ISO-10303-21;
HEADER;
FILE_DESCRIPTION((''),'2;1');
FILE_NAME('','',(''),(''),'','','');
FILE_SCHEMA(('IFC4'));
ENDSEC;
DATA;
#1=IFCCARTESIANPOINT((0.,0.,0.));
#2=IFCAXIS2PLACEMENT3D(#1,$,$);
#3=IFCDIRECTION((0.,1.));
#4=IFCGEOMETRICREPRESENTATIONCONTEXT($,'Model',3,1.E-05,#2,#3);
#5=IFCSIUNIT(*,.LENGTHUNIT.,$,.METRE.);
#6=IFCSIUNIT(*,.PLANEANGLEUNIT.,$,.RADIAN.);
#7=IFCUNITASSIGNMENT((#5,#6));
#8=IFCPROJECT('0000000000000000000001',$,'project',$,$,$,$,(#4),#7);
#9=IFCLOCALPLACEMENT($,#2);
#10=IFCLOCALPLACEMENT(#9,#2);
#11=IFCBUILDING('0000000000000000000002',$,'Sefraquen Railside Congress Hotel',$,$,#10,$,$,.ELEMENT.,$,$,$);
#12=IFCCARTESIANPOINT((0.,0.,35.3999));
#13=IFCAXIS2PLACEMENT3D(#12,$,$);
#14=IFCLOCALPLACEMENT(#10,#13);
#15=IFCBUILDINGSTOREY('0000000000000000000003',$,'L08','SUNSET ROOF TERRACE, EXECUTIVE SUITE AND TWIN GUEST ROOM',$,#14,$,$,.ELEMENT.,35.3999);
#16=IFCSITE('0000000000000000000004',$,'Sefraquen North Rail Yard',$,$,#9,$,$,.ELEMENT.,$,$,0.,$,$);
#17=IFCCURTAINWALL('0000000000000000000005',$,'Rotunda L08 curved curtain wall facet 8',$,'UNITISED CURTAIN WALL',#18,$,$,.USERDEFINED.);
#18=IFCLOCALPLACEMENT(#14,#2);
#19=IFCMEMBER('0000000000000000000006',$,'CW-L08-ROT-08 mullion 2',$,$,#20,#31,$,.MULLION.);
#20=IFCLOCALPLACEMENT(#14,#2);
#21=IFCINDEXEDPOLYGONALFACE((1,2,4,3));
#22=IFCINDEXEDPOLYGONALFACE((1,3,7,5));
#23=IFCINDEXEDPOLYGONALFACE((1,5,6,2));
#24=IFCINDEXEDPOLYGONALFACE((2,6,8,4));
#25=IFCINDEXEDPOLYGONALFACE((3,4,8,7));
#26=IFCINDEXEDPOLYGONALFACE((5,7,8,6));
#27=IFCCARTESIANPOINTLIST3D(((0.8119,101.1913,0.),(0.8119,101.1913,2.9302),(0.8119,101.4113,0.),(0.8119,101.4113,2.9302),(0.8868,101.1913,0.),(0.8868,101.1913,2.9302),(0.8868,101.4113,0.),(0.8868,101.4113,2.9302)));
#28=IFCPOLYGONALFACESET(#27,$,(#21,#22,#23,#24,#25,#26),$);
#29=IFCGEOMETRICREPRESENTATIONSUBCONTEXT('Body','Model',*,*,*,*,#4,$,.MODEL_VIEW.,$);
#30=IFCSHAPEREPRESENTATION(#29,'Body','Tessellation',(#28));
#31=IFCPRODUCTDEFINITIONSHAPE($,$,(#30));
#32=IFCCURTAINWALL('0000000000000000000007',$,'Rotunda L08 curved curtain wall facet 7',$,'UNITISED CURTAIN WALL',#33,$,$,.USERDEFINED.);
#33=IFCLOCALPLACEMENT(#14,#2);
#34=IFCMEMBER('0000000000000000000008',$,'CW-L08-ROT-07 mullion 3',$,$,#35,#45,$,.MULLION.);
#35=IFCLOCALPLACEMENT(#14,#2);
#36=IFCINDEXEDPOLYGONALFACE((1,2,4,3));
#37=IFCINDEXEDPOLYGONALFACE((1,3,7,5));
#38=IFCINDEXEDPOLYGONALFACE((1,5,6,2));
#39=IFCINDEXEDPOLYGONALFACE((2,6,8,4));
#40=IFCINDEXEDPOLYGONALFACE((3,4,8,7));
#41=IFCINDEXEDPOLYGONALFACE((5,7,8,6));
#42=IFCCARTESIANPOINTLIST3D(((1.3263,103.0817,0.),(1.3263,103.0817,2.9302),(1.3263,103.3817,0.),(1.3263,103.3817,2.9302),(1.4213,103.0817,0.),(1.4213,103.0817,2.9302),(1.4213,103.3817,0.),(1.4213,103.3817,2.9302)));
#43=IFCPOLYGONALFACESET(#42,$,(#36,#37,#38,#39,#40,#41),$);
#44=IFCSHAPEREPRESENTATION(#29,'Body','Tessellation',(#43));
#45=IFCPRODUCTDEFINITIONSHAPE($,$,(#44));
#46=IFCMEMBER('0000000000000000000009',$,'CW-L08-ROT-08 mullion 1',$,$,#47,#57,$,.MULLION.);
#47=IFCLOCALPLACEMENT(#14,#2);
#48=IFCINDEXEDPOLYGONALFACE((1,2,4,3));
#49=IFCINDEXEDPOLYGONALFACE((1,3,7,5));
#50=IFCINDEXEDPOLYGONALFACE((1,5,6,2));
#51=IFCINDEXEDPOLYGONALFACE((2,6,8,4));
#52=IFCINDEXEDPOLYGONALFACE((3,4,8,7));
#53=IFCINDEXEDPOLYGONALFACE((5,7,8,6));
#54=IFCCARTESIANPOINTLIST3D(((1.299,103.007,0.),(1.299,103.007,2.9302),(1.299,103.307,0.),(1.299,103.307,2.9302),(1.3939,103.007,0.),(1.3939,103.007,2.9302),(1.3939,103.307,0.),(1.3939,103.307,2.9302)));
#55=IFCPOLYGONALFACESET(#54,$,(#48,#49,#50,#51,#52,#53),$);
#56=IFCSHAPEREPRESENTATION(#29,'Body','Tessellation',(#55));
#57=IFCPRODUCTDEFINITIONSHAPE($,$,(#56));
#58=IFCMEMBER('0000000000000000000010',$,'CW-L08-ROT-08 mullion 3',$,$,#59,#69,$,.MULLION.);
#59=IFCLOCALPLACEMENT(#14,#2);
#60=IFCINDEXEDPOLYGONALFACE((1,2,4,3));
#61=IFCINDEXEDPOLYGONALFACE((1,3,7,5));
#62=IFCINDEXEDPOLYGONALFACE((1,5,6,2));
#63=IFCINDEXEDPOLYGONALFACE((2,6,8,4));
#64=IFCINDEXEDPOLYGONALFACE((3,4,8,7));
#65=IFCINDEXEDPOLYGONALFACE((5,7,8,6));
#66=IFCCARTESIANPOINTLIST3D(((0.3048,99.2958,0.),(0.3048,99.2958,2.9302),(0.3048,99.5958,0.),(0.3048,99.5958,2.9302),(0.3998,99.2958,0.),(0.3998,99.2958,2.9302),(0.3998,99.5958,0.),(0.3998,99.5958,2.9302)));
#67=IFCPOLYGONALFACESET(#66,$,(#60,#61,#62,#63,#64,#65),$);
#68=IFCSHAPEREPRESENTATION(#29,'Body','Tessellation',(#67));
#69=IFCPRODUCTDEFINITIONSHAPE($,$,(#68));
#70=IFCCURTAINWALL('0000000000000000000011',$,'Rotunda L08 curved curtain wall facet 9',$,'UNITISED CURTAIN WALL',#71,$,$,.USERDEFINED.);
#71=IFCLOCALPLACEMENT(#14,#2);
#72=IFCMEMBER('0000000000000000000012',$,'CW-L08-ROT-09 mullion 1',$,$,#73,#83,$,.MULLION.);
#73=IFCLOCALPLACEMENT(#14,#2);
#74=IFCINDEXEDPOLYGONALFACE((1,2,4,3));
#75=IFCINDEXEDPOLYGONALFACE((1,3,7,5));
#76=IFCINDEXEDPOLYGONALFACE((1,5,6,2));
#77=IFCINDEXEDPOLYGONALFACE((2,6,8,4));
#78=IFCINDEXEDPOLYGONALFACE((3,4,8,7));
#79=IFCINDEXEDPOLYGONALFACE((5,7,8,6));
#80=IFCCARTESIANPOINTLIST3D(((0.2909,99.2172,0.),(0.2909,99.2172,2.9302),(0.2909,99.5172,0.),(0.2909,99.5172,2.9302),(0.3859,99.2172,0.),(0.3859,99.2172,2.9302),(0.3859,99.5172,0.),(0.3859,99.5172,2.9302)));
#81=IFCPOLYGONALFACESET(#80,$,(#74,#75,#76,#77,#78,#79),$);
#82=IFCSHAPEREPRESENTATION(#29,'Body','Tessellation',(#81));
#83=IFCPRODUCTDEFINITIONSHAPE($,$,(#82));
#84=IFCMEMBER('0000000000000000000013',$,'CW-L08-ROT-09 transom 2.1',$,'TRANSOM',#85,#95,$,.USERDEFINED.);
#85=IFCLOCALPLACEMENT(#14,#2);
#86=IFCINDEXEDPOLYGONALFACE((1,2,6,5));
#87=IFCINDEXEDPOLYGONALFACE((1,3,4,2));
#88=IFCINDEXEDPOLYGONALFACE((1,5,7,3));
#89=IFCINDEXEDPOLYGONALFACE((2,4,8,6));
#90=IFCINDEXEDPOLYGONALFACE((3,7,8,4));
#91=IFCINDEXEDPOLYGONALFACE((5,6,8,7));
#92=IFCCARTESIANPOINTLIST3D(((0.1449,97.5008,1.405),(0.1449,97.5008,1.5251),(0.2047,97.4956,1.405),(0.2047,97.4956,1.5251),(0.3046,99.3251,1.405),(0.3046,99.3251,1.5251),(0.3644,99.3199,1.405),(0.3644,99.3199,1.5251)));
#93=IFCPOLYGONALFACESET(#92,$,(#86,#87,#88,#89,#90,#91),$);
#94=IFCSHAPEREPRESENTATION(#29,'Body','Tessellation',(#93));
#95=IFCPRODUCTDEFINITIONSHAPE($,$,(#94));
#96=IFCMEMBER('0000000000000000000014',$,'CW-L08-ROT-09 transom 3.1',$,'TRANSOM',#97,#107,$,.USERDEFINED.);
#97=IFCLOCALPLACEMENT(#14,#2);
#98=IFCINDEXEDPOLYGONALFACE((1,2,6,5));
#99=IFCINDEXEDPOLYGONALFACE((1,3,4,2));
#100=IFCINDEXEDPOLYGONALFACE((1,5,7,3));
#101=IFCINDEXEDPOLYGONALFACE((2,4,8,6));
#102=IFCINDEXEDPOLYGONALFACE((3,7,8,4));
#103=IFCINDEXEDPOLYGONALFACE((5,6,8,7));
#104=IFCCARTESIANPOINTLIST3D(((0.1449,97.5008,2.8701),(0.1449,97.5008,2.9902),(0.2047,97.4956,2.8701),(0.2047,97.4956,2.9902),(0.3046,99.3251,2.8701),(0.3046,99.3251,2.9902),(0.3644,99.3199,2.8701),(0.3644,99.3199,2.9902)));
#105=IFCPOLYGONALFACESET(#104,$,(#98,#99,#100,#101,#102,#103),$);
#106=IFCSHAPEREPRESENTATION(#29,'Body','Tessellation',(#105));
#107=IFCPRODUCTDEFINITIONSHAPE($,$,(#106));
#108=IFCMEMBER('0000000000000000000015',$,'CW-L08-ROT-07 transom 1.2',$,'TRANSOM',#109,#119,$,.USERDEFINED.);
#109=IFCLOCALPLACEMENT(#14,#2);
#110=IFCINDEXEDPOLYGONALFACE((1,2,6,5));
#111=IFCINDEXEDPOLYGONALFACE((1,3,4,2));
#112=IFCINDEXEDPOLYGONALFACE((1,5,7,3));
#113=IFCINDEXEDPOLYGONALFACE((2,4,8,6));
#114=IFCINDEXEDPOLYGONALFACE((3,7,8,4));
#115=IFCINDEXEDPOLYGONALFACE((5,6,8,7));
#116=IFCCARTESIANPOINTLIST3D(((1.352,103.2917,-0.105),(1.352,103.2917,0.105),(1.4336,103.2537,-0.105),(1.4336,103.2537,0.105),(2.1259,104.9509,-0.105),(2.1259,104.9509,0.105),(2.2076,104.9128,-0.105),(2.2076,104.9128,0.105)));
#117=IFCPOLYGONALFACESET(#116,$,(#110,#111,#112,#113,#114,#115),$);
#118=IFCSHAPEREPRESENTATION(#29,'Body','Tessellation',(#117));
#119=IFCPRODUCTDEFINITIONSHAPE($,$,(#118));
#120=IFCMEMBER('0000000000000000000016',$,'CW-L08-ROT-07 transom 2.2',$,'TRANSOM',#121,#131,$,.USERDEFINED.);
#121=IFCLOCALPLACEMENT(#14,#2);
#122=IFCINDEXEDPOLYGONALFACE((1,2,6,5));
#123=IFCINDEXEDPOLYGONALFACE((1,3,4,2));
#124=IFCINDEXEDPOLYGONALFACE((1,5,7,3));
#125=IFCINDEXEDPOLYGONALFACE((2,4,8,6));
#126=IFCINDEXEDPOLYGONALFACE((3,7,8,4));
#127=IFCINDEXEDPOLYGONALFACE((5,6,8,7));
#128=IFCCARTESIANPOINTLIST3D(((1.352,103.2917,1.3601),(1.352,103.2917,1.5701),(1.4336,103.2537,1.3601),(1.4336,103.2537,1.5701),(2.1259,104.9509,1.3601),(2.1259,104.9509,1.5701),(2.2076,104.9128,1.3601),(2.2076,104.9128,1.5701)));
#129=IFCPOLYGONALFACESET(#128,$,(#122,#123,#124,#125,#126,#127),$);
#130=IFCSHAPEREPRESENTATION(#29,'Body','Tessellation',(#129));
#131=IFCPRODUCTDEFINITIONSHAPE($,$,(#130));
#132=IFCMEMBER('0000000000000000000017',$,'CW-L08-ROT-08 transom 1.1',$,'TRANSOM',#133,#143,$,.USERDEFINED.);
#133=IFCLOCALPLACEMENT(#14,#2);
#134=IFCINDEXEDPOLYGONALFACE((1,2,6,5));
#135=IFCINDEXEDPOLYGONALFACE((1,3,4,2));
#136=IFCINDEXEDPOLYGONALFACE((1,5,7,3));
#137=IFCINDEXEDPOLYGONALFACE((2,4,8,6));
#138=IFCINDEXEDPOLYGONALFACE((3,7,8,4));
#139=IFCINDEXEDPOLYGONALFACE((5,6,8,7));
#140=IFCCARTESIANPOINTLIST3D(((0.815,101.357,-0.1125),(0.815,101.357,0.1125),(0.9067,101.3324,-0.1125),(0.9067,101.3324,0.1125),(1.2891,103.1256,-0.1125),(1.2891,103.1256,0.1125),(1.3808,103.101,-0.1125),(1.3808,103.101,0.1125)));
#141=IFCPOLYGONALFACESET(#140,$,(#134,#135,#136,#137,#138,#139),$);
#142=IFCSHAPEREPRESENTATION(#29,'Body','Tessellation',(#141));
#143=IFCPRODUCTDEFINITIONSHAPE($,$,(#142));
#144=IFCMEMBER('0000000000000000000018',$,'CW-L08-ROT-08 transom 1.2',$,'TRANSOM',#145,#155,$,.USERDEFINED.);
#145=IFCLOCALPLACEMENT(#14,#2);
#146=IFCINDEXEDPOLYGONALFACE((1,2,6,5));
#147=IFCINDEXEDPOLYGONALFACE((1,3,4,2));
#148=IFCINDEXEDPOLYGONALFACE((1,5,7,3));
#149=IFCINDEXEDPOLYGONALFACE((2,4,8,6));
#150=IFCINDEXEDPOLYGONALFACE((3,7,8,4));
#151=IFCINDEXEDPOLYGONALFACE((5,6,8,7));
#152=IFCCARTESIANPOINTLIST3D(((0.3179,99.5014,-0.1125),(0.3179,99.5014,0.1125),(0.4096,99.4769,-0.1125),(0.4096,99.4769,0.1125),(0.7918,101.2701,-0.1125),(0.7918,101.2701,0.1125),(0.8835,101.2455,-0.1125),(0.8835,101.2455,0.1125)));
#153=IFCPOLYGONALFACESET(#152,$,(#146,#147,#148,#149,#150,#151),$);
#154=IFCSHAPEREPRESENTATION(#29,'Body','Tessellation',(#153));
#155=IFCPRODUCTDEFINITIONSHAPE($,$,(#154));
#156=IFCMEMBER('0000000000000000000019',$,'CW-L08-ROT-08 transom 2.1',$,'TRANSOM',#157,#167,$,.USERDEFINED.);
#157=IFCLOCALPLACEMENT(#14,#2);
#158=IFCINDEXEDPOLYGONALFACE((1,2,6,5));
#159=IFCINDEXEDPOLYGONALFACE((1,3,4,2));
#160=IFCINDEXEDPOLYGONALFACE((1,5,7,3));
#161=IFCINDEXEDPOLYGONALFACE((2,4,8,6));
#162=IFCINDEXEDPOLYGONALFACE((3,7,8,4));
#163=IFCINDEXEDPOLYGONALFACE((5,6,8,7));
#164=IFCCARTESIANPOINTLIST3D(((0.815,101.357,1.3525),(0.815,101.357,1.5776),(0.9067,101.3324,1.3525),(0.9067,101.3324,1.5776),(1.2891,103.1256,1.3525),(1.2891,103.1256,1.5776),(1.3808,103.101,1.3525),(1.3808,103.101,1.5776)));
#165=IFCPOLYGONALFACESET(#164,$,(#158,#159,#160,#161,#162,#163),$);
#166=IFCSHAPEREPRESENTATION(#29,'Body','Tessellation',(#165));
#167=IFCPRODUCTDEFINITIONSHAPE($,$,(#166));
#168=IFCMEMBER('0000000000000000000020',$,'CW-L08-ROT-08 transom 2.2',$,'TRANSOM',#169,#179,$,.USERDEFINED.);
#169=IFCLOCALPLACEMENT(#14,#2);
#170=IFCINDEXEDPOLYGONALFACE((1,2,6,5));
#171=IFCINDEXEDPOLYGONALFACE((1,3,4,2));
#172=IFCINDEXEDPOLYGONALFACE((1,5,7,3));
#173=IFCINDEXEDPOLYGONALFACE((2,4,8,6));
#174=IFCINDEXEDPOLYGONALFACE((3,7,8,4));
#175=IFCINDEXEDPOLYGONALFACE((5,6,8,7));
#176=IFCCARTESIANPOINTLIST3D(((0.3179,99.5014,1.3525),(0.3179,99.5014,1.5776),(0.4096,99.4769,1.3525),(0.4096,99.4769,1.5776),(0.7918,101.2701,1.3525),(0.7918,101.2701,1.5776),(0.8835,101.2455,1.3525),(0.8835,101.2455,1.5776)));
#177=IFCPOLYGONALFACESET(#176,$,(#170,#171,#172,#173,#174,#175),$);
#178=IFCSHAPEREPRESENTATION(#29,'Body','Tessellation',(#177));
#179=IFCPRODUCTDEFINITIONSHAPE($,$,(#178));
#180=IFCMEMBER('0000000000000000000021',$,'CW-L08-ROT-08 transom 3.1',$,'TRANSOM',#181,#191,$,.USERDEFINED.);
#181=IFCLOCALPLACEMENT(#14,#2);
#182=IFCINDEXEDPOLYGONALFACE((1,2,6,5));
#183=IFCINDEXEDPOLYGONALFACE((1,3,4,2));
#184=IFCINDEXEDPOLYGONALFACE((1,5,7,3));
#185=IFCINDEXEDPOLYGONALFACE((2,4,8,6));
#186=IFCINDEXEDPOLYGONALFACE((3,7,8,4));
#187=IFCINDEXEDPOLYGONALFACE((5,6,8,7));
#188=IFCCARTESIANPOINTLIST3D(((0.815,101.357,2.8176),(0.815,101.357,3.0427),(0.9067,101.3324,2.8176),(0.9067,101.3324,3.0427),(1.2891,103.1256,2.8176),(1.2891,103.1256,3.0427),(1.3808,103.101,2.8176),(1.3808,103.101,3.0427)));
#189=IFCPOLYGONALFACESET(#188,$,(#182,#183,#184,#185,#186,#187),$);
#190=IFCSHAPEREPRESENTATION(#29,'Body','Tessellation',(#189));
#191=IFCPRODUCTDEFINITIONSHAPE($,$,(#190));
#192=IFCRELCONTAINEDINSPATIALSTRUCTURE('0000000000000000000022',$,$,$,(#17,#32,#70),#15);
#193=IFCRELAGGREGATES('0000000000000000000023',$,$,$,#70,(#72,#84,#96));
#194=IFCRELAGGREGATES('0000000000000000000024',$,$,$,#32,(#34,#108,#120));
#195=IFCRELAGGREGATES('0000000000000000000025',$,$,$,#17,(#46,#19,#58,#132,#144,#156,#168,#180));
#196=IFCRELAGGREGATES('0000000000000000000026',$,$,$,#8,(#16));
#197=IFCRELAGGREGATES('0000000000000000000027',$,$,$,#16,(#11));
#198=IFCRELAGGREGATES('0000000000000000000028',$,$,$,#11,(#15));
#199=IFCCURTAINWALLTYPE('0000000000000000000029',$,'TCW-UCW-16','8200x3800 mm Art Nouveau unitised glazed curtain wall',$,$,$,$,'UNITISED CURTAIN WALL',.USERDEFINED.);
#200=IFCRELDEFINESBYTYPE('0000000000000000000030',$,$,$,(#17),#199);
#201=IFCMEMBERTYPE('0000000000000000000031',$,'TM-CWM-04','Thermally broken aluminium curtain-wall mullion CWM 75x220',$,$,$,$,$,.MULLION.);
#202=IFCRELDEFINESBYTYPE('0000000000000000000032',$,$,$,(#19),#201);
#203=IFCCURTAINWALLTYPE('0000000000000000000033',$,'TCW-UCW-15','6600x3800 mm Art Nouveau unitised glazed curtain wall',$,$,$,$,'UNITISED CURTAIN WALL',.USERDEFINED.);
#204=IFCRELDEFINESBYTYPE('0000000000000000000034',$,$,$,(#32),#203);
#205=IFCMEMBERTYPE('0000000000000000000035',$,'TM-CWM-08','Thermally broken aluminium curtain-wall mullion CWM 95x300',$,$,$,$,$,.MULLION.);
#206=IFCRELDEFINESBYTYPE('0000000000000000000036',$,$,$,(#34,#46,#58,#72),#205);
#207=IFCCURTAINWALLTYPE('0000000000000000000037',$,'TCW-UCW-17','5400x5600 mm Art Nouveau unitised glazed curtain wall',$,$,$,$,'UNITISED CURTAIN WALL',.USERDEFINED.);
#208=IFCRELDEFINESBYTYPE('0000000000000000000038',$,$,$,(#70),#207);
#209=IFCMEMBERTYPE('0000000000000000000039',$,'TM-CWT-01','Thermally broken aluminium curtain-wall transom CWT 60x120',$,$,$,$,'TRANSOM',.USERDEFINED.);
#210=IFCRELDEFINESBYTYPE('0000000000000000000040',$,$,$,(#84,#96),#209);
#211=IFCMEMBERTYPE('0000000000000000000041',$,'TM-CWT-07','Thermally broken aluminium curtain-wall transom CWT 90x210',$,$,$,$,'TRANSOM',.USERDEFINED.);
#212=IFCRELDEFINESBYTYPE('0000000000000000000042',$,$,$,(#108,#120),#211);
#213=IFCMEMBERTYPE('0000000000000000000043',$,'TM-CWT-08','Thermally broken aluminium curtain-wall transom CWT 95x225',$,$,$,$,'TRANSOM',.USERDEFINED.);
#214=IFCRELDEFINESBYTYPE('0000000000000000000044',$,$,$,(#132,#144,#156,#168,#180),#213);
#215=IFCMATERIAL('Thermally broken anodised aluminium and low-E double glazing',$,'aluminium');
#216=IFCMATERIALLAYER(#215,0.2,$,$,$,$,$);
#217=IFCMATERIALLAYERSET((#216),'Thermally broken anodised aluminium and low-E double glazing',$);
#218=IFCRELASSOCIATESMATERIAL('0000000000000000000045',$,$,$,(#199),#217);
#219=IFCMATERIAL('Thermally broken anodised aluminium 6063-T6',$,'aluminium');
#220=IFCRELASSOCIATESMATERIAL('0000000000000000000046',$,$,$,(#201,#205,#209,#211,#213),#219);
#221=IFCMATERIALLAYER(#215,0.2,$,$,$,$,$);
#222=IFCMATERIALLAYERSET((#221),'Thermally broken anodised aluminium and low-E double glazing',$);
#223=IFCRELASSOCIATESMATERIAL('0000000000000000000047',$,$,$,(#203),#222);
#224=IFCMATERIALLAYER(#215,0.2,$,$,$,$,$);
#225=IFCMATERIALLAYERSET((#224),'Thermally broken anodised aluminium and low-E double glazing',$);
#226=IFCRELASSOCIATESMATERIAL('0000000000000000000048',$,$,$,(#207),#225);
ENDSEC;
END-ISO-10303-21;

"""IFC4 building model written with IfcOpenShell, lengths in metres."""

from ifc_helpers import new_model, si_unit, direction, frame, origin, origin_2d, place, context, subcontext, project, spatial, rectangle, extrude, material, layer, layer_set, material_profile, profile_set, type_object, element, aggregate, save


model = new_model("IFC4")

# Units and contexts
model_context = context("Model", 3, precision=1e-05, world=origin(), true_north=direction((0.0, 1.0)))
body_context = subcontext(model_context, "Body", "Model", "MODEL_VIEW")
ifc_project = project(units=[si_unit("LENGTHUNIT", "METRE"), si_unit("PLANEANGLEUNIT", "RADIAN")], contexts=[model_context])

# Site, building, storey
site_placement = place(None, origin())
site = spatial("IfcSite", under=ifc_project, at=site_placement, Name="Sefraquen North Rail Yard", CompositionType="ELEMENT", RefElevation=0.0)
building_placement = place(site_placement, origin())
building = spatial("IfcBuilding", under=site, at=building_placement, Name="Sefraquen Railside Congress Hotel", CompositionType="ELEMENT")
storey_placement = place(building_placement, frame((0.0, 0.0, 35.3999)))
storey = spatial("IfcBuildingStorey", under=building, at=storey_placement, Name="L08", Description="SUNSET ROOF TERRACE, EXECUTIVE SUITE AND TWIN GUEST ROOM", CompositionType="ELEMENT", Elevation=35.3999)

# Curtain walls, members
ifc_material_1 = material(Name="Thermally broken anodised aluminium and low-E double glazing", Category="aluminium")
ifc_layer_1 = layer(ifc_material_1, 0.2)
ifc_layer_set_1 = layer_set([ifc_layer_1], Name="Thermally broken anodised aluminium and low-E double glazing")
curtain_wall_type_1 = type_object("IfcCurtainWallType", Name="TCW-UCW-16", Description="8200x3800 mm Art Nouveau unitised glazed curtain wall", ElementType="UNITISED CURTAIN WALL", PredefinedType="USERDEFINED", material=ifc_layer_set_1)
curtain_wall_1_placement = place(storey_placement, origin())
curtain_wall_1 = element("IfcCurtainWall", 1, at=curtain_wall_1_placement, inside=storey, type_object=curtain_wall_type_1, Name="Rotunda L08 curved curtain wall facet 8", ObjectType="UNITISED CURTAIN WALL", PredefinedType="USERDEFINED")
ifc_material_2 = material(Name="Thermally broken anodised aluminium 6063-T6", Category="aluminium")
ifc_material_profile_1 = material_profile(ifc_material_2, rectangle(XDim=0.075, YDim=0.22, at=origin_2d()), Name="CWM 75x220")
ifc_profile_set_1 = profile_set([ifc_material_profile_1], Name="Thermally broken anodised aluminium 6063-T6")
member_type_1 = type_object("IfcMemberType", Name="TM-CWM-04", Description="Thermally broken aluminium curtain-wall mullion CWM 75x220", PredefinedType="MULLION", material=ifc_profile_set_1)
member_1_placement = place(storey_placement, frame((0.8494, 101.3013, 0.0), z_axis=(0.0, 0.0, 1.0), x_axis=(1.0, 0.0, 0.0)))
member_1 = element("IfcMember", 2, at=member_1_placement, type_object=member_type_1, Name="CW-L08-ROT-08 mullion 2", PredefinedType="MULLION", context=body_context, shape_type="SweptSolid", body=[
    extrude(rectangle(XDim=0.075, YDim=0.22, at=origin_2d()), origin(), (0.0, 0.0, 1.0), 2.9302),
])
ifc_layer_2 = layer(ifc_material_1, 0.2)
ifc_layer_set_2 = layer_set([ifc_layer_2], Name="Thermally broken anodised aluminium and low-E double glazing")
curtain_wall_type_2 = type_object("IfcCurtainWallType", Name="TCW-UCW-15", Description="6600x3800 mm Art Nouveau unitised glazed curtain wall", ElementType="UNITISED CURTAIN WALL", PredefinedType="USERDEFINED", material=ifc_layer_set_2)
curtain_wall_2_placement = place(storey_placement, origin())
curtain_wall_2 = element("IfcCurtainWall", 3, at=curtain_wall_2_placement, inside=storey, type_object=curtain_wall_type_2, Name="Rotunda L08 curved curtain wall facet 7", ObjectType="UNITISED CURTAIN WALL", PredefinedType="USERDEFINED")
ifc_material_profile_2 = material_profile(ifc_material_2, rectangle(XDim=0.095, YDim=0.3, at=origin_2d()), Name="CWM 95x300")
ifc_profile_set_2 = profile_set([ifc_material_profile_2], Name="Thermally broken anodised aluminium 6063-T6")
member_type_2 = type_object("IfcMemberType", Name="TM-CWM-08", Description="Thermally broken aluminium curtain-wall mullion CWM 95x300", PredefinedType="MULLION", material=ifc_profile_set_2)
member_2_placement = place(storey_placement, frame((1.3738, 103.2317, 0.0), z_axis=(0.0, 0.0, 1.0), x_axis=(1.0, 0.0, 0.0)))
member_2 = element("IfcMember", 4, at=member_2_placement, type_object=member_type_2, Name="CW-L08-ROT-07 mullion 3", PredefinedType="MULLION", context=body_context, shape_type="SweptSolid", body=[
    extrude(rectangle(XDim=0.095, YDim=0.3, at=origin_2d()), origin(), (0.0, 0.0, 1.0), 2.9302),
])

# Members
member_3_placement = place(storey_placement, frame((1.3464, 103.157, 0.0), z_axis=(0.0, 0.0, 1.0), x_axis=(1.0, 0.0, 0.0)))
member_3 = element("IfcMember", 5, at=member_3_placement, type_object=member_type_2, Name="CW-L08-ROT-08 mullion 1", PredefinedType="MULLION", context=body_context, shape_type="SweptSolid", body=[
    extrude(rectangle(XDim=0.095, YDim=0.3, at=origin_2d()), origin(), (0.0, 0.0, 1.0), 2.9302),
])
member_4_placement = place(storey_placement, frame((0.3523, 99.4458, 0.0), z_axis=(0.0, 0.0, 1.0), x_axis=(1.0, 0.0, 0.0)))
member_4 = element("IfcMember", 6, at=member_4_placement, type_object=member_type_2, Name="CW-L08-ROT-08 mullion 3", PredefinedType="MULLION", context=body_context, shape_type="SweptSolid", body=[
    extrude(rectangle(XDim=0.095, YDim=0.3, at=origin_2d()), origin(), (0.0, 0.0, 1.0), 2.9302),
])

# Curtain wall, members
ifc_layer_3 = layer(ifc_material_1, 0.2)
ifc_layer_set_3 = layer_set([ifc_layer_3], Name="Thermally broken anodised aluminium and low-E double glazing")
curtain_wall_type_3 = type_object("IfcCurtainWallType", Name="TCW-UCW-17", Description="5400x5600 mm Art Nouveau unitised glazed curtain wall", ElementType="UNITISED CURTAIN WALL", PredefinedType="USERDEFINED", material=ifc_layer_set_3)
curtain_wall_3_placement = place(storey_placement, origin())
curtain_wall_3 = element("IfcCurtainWall", 7, at=curtain_wall_3_placement, inside=storey, type_object=curtain_wall_type_3, Name="Rotunda L08 curved curtain wall facet 9", ObjectType="UNITISED CURTAIN WALL", PredefinedType="USERDEFINED")
member_5_placement = place(storey_placement, frame((0.3384, 99.3672, 0.0), z_axis=(0.0, 0.0, 1.0), x_axis=(1.0, 0.0, 0.0)))
member_5 = element("IfcMember", 8, at=member_5_placement, type_object=member_type_2, Name="CW-L08-ROT-09 mullion 1", PredefinedType="MULLION", context=body_context, shape_type="SweptSolid", body=[
    extrude(rectangle(XDim=0.095, YDim=0.3, at=origin_2d()), origin(), (0.0, 0.0, 1.0), 2.9302),
])
ifc_material_profile_3 = material_profile(ifc_material_2, rectangle(XDim=0.0601, YDim=0.1201, at=origin_2d()), Name="CWT 60x120")
ifc_profile_set_3 = profile_set([ifc_material_profile_3], Name="Thermally broken anodised aluminium 6063-T6")
member_type_3 = type_object("IfcMemberType", Name="TM-CWT-01", Description="Thermally broken aluminium curtain-wall transom CWT 60x120", ElementType="TRANSOM", PredefinedType="USERDEFINED", material=ifc_profile_set_3)
member_6_placement = place(storey_placement, frame((0.3345, 99.3225, 1.4651), z_axis=(-0.087193, -0.996191, 0.0), x_axis=(0.996191, -0.087193, 0.0)))
member_6 = element("IfcMember", 9, at=member_6_placement, type_object=member_type_3, Name="CW-L08-ROT-09 transom 2.1", ObjectType="TRANSOM", PredefinedType="USERDEFINED", context=body_context, shape_type="SweptSolid", body=[
    extrude(rectangle(XDim=0.0601, YDim=0.1201, at=origin_2d()), origin(), (0.0, 0.0, 1.0), 1.8313),
])
member_7_placement = place(storey_placement, frame((0.3345, 99.3225, 2.9302), z_axis=(-0.087193, -0.996191, 0.0), x_axis=(0.996191, -0.087193, 0.0)))
member_7 = element("IfcMember", 10, at=member_7_placement, type_object=member_type_3, Name="CW-L08-ROT-09 transom 3.1", ObjectType="TRANSOM", PredefinedType="USERDEFINED", context=body_context, shape_type="SweptSolid", body=[
    extrude(rectangle(XDim=0.0601, YDim=0.1201, at=origin_2d()), origin(), (0.0, 0.0, 1.0), 1.8313),
])
aggregate(curtain_wall_3, [member_5, member_6, member_7])

# Members
ifc_material_profile_4 = material_profile(ifc_material_2, rectangle(XDim=0.0901, YDim=0.21, at=origin_2d()), Name="CWT 90x210")
ifc_profile_set_4 = profile_set([ifc_material_profile_4], Name="Thermally broken anodised aluminium 6063-T6")
member_type_4 = type_object("IfcMemberType", Name="TM-CWT-07", Description="Thermally broken aluminium curtain-wall transom CWT 90x210", ElementType="TRANSOM", PredefinedType="USERDEFINED", material=ifc_profile_set_4)
member_8_placement = place(storey_placement, frame((2.1667, 104.9319, 0.0), z_axis=(-0.422725, -0.906258, 0.0), x_axis=(0.906258, -0.422725, 0.0)))
member_8 = element("IfcMember", 11, at=member_8_placement, type_object=member_type_4, Name="CW-L08-ROT-07 transom 1.2", ObjectType="TRANSOM", PredefinedType="USERDEFINED", context=body_context, shape_type="SweptSolid", body=[
    extrude(rectangle(XDim=0.0901, YDim=0.21, at=origin_2d()), origin(), (0.0, 0.0, 1.0), 1.8308),
])
member_9_placement = place(storey_placement, frame((2.1667, 104.9319, 1.4651), z_axis=(-0.422725, -0.906258, 0.0), x_axis=(0.906258, -0.422725, 0.0)))
member_9 = element("IfcMember", 12, at=member_9_placement, type_object=member_type_4, Name="CW-L08-ROT-07 transom 2.2", ObjectType="TRANSOM", PredefinedType="USERDEFINED", context=body_context, shape_type="SweptSolid", body=[
    extrude(rectangle(XDim=0.0901, YDim=0.21, at=origin_2d()), origin(), (0.0, 0.0, 1.0), 1.8308),
])
ifc_material_profile_5 = material_profile(ifc_material_2, rectangle(XDim=0.095, YDim=0.2251, at=origin_2d()), Name="CWT 95x225")
ifc_profile_set_5 = profile_set([ifc_material_profile_5], Name="Thermally broken anodised aluminium 6063-T6")
member_type_5 = type_object("IfcMemberType", Name="TM-CWT-08", Description="Thermally broken aluminium curtain-wall transom CWT 95x225", ElementType="TRANSOM", PredefinedType="USERDEFINED", material=ifc_profile_set_5)
member_10_placement = place(storey_placement, frame((1.335, 103.1133, 0.0), z_axis=(-0.25894, -0.965893, 0.0), x_axis=(0.965893, -0.25894, 0.0)))
member_10 = element("IfcMember", 13, at=member_10_placement, type_object=member_type_5, Name="CW-L08-ROT-08 transom 1.1", ObjectType="TRANSOM", PredefinedType="USERDEFINED", context=body_context, shape_type="SweptSolid", body=[
    extrude(rectangle(XDim=0.095, YDim=0.2251, at=origin_2d()), origin(), (0.0, 0.0, 1.0), 1.8311),
])
member_11_placement = place(storey_placement, frame((0.8376, 101.2578, 0.0), z_axis=(-0.258816, -0.965927, 0.0), x_axis=(0.965927, -0.258816, 0.0)))
member_11 = element("IfcMember", 14, at=member_11_placement, type_object=member_type_5, Name="CW-L08-ROT-08 transom 1.2", ObjectType="TRANSOM", PredefinedType="USERDEFINED", context=body_context, shape_type="SweptSolid", body=[
    extrude(rectangle(XDim=0.095, YDim=0.2251, at=origin_2d()), origin(), (0.0, 0.0, 1.0), 1.8311),
])
member_12_placement = place(storey_placement, frame((1.335, 103.1133, 1.4651), z_axis=(-0.25894, -0.965893, 0.0), x_axis=(0.965893, -0.25894, 0.0)))
member_12 = element("IfcMember", 15, at=member_12_placement, type_object=member_type_5, Name="CW-L08-ROT-08 transom 2.1", ObjectType="TRANSOM", PredefinedType="USERDEFINED", context=body_context, shape_type="SweptSolid", body=[
    extrude(rectangle(XDim=0.095, YDim=0.2251, at=origin_2d()), origin(), (0.0, 0.0, 1.0), 1.8311),
])
member_13_placement = place(storey_placement, frame((0.8376, 101.2578, 1.4651), z_axis=(-0.258816, -0.965927, 0.0), x_axis=(0.965927, -0.258816, 0.0)))
member_13 = element("IfcMember", 16, at=member_13_placement, type_object=member_type_5, Name="CW-L08-ROT-08 transom 2.2", ObjectType="TRANSOM", PredefinedType="USERDEFINED", context=body_context, shape_type="SweptSolid", body=[
    extrude(rectangle(XDim=0.095, YDim=0.2251, at=origin_2d()), origin(), (0.0, 0.0, 1.0), 1.8311),
])
member_14_placement = place(storey_placement, frame((1.335, 103.1133, 2.9302), z_axis=(-0.25894, -0.965893, 0.0), x_axis=(0.965893, -0.25894, 0.0)))
member_14 = element("IfcMember", 17, at=member_14_placement, type_object=member_type_5, Name="CW-L08-ROT-08 transom 3.1", ObjectType="TRANSOM", PredefinedType="USERDEFINED", context=body_context, shape_type="SweptSolid", body=[
    extrude(rectangle(XDim=0.095, YDim=0.2251, at=origin_2d()), origin(), (0.0, 0.0, 1.0), 1.8311),
])

aggregate(curtain_wall_2, [member_2, member_8, member_9])
aggregate(curtain_wall_1, [member_3, member_1, member_4, member_10, member_11, member_12, member_13, member_14])

save(model, "model.ifc")
